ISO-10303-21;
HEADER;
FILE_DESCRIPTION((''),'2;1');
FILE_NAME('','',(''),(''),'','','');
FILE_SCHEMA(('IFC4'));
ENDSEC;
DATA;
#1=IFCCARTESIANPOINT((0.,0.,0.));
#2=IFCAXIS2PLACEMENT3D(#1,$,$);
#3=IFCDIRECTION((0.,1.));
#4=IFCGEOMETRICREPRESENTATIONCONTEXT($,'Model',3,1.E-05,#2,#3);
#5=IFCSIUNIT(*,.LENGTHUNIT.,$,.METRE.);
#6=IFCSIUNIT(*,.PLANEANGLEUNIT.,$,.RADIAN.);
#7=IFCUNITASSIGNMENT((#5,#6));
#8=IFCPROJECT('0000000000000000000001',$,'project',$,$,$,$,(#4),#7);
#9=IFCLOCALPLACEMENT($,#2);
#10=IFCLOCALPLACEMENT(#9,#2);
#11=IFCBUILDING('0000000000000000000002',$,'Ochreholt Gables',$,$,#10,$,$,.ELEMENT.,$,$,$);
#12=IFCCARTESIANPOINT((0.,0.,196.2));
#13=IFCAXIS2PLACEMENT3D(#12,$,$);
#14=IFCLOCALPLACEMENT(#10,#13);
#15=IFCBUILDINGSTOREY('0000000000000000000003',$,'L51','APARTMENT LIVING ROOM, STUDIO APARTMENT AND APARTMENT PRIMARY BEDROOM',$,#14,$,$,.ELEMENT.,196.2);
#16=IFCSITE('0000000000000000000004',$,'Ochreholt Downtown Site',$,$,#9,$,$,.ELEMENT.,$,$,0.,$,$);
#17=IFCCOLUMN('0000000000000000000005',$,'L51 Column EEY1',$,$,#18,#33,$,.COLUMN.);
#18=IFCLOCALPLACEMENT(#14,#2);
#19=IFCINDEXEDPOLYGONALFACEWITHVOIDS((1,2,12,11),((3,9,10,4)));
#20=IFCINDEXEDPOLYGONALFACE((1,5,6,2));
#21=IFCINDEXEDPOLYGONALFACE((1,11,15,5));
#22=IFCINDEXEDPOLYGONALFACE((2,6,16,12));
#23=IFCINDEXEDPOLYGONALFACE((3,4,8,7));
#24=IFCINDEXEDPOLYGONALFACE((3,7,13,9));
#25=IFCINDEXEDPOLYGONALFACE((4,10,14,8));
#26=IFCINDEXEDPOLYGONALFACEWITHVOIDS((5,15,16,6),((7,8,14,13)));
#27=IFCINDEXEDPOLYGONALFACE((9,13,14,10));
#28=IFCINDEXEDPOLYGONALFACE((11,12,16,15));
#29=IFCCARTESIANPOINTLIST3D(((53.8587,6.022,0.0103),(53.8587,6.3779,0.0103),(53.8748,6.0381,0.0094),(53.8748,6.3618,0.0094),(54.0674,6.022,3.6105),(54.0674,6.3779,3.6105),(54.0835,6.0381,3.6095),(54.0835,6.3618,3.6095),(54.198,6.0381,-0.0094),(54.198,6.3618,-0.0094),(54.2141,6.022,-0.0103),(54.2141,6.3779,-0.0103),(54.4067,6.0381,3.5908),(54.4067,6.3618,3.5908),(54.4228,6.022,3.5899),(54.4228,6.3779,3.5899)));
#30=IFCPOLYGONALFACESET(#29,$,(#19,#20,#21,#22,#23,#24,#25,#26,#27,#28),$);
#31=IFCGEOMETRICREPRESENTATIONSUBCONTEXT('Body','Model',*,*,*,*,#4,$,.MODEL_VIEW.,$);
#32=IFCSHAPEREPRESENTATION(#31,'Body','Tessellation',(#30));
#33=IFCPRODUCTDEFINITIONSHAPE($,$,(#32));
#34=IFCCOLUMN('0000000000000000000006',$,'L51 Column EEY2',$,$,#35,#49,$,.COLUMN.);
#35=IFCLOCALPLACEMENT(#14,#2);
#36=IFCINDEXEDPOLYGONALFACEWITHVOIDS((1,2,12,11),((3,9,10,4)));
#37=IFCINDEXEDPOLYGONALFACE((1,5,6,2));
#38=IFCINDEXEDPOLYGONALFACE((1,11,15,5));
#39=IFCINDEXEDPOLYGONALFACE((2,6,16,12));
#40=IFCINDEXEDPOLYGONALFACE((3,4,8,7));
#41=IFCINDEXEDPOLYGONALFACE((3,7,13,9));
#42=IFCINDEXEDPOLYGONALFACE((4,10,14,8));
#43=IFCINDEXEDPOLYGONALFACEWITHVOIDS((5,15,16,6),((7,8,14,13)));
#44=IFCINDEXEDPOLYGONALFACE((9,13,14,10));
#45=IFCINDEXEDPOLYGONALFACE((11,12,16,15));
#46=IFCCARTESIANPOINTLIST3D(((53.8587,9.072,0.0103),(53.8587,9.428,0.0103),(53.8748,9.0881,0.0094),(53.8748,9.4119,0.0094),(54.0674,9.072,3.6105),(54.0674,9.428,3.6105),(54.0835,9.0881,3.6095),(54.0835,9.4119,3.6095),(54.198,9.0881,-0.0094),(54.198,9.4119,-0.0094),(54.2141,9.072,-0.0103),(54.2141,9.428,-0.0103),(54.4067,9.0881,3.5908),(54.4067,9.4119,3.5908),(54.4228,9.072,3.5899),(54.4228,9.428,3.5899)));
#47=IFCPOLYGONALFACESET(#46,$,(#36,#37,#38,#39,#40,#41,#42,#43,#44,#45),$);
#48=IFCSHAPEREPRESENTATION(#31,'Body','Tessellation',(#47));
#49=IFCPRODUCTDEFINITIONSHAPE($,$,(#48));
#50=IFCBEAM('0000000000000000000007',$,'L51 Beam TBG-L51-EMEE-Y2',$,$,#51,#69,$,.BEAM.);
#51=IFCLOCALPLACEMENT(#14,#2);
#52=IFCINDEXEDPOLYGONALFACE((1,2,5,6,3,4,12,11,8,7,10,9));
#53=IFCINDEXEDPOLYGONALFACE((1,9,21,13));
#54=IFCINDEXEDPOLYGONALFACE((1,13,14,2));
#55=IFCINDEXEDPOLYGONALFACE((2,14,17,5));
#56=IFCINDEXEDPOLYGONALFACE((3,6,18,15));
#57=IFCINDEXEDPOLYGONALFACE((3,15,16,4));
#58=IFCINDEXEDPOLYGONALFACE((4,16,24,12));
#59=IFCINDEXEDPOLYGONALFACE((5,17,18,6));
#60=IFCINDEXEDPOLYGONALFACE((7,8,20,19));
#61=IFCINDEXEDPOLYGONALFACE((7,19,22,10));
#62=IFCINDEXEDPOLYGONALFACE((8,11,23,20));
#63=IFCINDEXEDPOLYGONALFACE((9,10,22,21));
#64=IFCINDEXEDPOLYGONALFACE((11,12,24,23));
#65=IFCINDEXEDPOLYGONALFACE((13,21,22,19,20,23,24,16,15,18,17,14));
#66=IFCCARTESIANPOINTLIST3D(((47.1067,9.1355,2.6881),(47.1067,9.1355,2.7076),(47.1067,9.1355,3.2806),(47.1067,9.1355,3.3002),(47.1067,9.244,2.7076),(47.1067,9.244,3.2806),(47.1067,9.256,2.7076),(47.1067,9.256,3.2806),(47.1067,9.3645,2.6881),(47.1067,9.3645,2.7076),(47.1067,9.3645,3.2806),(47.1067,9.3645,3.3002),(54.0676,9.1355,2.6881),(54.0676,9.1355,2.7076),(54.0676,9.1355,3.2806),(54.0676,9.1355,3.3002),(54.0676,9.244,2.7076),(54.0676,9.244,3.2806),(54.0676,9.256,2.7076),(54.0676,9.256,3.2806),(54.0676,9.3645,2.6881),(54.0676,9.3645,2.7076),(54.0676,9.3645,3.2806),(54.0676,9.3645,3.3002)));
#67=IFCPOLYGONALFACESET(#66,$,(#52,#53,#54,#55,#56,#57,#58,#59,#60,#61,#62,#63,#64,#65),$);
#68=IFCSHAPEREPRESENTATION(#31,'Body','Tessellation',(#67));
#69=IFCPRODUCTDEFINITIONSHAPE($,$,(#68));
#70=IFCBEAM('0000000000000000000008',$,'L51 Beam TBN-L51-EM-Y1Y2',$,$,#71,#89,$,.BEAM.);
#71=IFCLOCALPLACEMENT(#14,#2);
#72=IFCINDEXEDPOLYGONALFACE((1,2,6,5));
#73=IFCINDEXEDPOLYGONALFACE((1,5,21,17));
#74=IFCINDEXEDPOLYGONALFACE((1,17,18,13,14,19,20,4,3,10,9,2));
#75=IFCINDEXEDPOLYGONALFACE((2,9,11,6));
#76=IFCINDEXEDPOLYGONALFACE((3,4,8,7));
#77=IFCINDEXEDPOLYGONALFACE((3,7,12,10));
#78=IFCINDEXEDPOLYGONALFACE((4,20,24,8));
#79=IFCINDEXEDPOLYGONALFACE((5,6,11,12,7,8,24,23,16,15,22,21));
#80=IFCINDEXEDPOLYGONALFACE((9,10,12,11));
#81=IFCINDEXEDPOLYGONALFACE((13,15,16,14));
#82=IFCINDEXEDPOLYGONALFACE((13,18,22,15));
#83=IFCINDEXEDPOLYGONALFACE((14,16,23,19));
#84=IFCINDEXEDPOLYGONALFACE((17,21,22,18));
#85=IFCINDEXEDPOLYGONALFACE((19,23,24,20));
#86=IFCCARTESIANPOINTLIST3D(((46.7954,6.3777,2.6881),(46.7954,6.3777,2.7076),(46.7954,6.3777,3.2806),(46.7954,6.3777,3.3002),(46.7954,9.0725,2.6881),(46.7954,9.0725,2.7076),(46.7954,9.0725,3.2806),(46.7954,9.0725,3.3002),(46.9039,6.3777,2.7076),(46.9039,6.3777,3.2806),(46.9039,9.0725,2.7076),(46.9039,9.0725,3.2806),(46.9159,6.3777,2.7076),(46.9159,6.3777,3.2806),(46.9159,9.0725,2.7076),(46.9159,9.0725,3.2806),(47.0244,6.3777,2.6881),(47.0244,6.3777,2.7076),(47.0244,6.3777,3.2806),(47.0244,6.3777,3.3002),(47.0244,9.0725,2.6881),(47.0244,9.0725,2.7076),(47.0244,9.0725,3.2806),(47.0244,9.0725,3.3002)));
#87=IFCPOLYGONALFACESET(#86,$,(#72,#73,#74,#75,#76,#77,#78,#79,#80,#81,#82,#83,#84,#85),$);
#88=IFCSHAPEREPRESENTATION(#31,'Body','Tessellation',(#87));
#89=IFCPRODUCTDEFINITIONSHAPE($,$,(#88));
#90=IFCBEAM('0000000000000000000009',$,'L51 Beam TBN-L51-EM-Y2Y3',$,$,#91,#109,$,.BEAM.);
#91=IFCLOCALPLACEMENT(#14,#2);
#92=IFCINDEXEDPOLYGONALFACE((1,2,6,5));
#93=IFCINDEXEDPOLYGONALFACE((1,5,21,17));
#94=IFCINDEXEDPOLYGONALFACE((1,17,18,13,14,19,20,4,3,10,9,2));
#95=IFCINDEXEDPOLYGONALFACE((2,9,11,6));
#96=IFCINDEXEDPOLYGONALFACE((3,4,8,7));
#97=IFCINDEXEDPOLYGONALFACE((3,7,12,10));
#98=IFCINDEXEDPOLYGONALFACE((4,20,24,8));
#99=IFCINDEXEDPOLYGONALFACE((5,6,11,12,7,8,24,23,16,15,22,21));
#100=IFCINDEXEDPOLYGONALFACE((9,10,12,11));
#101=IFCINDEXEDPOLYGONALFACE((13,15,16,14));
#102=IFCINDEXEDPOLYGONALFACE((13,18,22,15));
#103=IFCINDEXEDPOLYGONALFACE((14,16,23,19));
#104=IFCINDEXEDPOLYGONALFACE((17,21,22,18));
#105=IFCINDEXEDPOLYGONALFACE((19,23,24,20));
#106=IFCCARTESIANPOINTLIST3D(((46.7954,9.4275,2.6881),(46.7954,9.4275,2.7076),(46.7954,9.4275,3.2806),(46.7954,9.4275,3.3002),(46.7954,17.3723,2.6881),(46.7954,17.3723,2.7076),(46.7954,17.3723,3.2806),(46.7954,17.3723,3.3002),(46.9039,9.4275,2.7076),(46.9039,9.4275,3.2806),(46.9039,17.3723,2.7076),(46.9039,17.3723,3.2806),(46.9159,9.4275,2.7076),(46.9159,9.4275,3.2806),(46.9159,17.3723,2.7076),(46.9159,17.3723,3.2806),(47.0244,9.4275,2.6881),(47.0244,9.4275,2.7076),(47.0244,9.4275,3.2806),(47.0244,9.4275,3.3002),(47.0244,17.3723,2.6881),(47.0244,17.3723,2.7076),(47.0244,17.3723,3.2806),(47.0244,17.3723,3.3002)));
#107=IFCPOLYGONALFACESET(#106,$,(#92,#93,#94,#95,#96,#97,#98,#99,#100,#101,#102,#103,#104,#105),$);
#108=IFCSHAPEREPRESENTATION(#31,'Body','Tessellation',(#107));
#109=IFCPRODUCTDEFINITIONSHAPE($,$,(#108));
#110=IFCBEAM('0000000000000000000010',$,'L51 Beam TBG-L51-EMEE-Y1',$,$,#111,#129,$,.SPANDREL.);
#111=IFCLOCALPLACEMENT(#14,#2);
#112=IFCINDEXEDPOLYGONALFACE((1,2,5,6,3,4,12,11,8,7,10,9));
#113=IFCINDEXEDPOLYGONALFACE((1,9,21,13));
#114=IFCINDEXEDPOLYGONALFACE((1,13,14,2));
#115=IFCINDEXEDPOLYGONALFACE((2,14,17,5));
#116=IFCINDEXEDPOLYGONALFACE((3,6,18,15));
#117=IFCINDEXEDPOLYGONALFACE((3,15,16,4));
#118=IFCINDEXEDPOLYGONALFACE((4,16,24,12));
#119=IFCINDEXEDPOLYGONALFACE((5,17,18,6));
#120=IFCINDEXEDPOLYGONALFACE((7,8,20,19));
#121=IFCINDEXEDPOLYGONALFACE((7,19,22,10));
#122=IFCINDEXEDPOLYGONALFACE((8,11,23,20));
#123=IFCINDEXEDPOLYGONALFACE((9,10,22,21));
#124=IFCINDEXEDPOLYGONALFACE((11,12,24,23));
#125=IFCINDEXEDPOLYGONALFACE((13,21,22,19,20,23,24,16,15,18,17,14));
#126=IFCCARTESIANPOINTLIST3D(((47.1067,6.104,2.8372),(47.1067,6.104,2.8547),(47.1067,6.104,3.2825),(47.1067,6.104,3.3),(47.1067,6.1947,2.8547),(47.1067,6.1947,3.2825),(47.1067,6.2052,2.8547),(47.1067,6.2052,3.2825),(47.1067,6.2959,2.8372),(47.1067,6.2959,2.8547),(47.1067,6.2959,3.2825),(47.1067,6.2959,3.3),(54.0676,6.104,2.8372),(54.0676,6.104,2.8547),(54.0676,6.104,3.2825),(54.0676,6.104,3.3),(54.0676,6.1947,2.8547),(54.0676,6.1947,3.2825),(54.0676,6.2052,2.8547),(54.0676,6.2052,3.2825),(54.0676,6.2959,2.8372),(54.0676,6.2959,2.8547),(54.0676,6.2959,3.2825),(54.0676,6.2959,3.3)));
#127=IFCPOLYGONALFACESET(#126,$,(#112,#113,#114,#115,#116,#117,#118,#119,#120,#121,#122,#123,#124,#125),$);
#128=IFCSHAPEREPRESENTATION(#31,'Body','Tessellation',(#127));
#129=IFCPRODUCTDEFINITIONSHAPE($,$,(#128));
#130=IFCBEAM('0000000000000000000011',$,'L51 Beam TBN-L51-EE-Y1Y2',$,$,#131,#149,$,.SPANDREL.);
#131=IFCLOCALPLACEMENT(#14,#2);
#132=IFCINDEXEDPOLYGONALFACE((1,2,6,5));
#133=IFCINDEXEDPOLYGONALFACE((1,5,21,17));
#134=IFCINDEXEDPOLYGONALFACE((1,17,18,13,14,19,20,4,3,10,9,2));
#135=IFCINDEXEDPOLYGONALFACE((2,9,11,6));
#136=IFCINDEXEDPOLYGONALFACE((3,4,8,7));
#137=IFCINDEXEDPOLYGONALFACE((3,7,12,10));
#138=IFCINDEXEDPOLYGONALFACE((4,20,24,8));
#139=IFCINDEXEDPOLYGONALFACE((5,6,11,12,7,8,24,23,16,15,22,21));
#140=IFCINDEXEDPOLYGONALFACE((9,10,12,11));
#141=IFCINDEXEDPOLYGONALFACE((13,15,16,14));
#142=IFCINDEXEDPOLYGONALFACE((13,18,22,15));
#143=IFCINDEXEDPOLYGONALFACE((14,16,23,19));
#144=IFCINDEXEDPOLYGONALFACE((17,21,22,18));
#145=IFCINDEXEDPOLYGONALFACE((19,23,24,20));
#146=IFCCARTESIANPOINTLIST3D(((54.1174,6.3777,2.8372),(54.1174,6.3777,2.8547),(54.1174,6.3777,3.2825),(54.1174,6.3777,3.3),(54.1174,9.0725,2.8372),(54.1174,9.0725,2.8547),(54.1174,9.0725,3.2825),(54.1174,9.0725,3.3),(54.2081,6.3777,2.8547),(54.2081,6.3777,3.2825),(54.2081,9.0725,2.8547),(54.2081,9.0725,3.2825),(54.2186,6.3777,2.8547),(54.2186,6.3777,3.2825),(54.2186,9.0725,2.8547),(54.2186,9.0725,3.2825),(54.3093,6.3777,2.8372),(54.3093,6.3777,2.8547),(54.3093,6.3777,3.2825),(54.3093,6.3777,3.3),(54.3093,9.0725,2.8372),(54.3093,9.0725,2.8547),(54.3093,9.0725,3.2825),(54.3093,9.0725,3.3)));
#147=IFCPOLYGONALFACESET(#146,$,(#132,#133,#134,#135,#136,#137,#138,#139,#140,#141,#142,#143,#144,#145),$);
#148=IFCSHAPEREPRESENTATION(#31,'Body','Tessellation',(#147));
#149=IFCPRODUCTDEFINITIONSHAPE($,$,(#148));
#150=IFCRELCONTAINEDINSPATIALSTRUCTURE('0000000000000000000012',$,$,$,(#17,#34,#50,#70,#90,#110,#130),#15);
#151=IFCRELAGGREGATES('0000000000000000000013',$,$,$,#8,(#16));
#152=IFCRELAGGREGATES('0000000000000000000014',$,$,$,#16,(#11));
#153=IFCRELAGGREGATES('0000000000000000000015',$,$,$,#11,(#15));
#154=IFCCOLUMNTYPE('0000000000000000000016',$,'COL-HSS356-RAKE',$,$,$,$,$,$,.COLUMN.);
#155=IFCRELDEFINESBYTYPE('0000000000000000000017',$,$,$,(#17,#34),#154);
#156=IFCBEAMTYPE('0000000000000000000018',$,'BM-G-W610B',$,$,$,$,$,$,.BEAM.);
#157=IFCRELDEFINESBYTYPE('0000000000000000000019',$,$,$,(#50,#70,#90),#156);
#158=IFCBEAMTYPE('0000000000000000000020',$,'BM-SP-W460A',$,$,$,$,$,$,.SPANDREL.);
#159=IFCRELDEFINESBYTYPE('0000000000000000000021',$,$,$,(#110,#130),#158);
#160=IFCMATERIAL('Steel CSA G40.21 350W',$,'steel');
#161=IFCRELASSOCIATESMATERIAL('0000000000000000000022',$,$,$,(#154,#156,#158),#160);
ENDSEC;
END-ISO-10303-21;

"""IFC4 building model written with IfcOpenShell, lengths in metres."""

from ifc_helpers import new_model, si_unit, direction, frame, origin, origin_2d, place, context, subcontext, project, spatial, hollow_rectangle, i_section, extrude, material, material_profile, profile_set, type_object, element, save


model = new_model("IFC4")

# Units and contexts
model_context = context("Model", 3, precision=1e-05, world=origin(), true_north=direction((0.0, 1.0)))
body_context = subcontext(model_context, "Body", "Model", "MODEL_VIEW")
ifc_project = project(units=[si_unit("LENGTHUNIT", "METRE"), si_unit("PLANEANGLEUNIT", "RADIAN")], contexts=[model_context])

# Site, building, storey
site_placement = place(None, origin())
site = spatial("IfcSite", under=ifc_project, at=site_placement, Name="Ochreholt Downtown Site", CompositionType="ELEMENT", RefElevation=0.0)
building_placement = place(site_placement, origin())
building = spatial("IfcBuilding", under=site, at=building_placement, Name="Ochreholt Gables", CompositionType="ELEMENT")
storey_placement = place(building_placement, frame((0.0, 0.0, 196.2)))
storey = spatial("IfcBuildingStorey", under=building, at=storey_placement, Name="L51", Description="APARTMENT LIVING ROOM, STUDIO APARTMENT AND APARTMENT PRIMARY BEDROOM", CompositionType="ELEMENT", Elevation=196.2)

# Columns
ifc_material_1 = material(Name="Steel CSA G40.21 350W", Category="steel")
ifc_material_profile_1 = material_profile(ifc_material_1, hollow_rectangle(XDim=0.356, YDim=0.356, WallThickness=0.0161, at=origin_2d()), Name="HSS356X356X16")
ifc_profile_set_1 = profile_set([ifc_material_profile_1], Name="Steel CSA G40.21 350W")
column_type = type_object("IfcColumnType", Name="COL-HSS356-RAKE", PredefinedType="COLUMN", material=ifc_profile_set_1)
for number, where, z_axis, x_axis, name in (
    (1, (54.0364, 6.2, 0.0), (0.057885, 0.0, 0.998323), (0.0, 1.0, 0.0), "L51 Column EEY1"),
    (2, (54.0364, 9.25, 0.0), (0.057885, 0.0, 0.998323), (0.0, 1.0, 0.0), "L51 Column EEY2"),
):
    element("IfcColumn", number, at=place(storey_placement, frame(where, z_axis=z_axis, x_axis=x_axis)), inside=storey, type_object=column_type, Name=name, PredefinedType="COLUMN", context=body_context, shape_type="SweptSolid", body=[
        extrude(hollow_rectangle(XDim=0.356, YDim=0.356, WallThickness=0.0161, at=origin_2d()), origin(), (0.0, 0.0, 1.0), 3.6062),
    ])

# Beams
ifc_material_profile_2 = material_profile(ifc_material_1, i_section(OverallWidth=0.229, OverallDepth=0.6121, WebThickness=0.012, FlangeThickness=0.0195, at=origin_2d()), Name="W610X125")
ifc_profile_set_2 = profile_set([ifc_material_profile_2], Name="Steel CSA G40.21 350W")
beam_type_1 = type_object("IfcBeamType", Name="BM-G-W610B", PredefinedType="BEAM", material=ifc_profile_set_2)
beam_1_placement = place(storey_placement, frame((47.1067, 9.25, 2.9941), z_axis=(1.0, 0.0, 0.0), x_axis=(0.0, 1.0, 0.0)))
element("IfcBeam", 3, at=beam_1_placement, inside=storey, type_object=beam_type_1, Name="L51 Beam TBG-L51-EMEE-Y2", PredefinedType="BEAM", context=body_context, shape_type="SweptSolid", body=[
    extrude(i_section(OverallWidth=0.229, OverallDepth=0.6121, WebThickness=0.012, FlangeThickness=0.0195, at=origin_2d()), origin(), (0.0, 0.0, 1.0), 6.9609),
])
beam_2_placement = place(storey_placement, frame((46.9099, 6.3777, 2.9941), z_axis=(0.0, 1.0, 0.0), x_axis=(-1.0, 0.0, 0.0)))
element("IfcBeam", 4, at=beam_2_placement, inside=storey, type_object=beam_type_1, Name="L51 Beam TBN-L51-EM-Y1Y2", PredefinedType="BEAM", context=body_context, shape_type="SweptSolid", body=[
    extrude(i_section(OverallWidth=0.229, OverallDepth=0.6121, WebThickness=0.012, FlangeThickness=0.0195, at=origin_2d()), origin(), (0.0, 0.0, 1.0), 2.6948),
])
beam_3_placement = place(storey_placement, frame((46.9099, 9.4275, 2.9941), z_axis=(0.0, 1.0, 0.0), x_axis=(-1.0, 0.0, 0.0)))
element("IfcBeam", 5, at=beam_3_placement, inside=storey, type_object=beam_type_1, Name="L51 Beam TBN-L51-EM-Y2Y3", PredefinedType="BEAM", context=body_context, shape_type="SweptSolid", body=[
    extrude(i_section(OverallWidth=0.229, OverallDepth=0.6121, WebThickness=0.012, FlangeThickness=0.0195, at=origin_2d()), origin(), (0.0, 0.0, 1.0), 7.9448),
])
ifc_material_profile_3 = material_profile(ifc_material_1, i_section(OverallWidth=0.1919, OverallDepth=0.4629, WebThickness=0.0105, FlangeThickness=0.0176, at=origin_2d()), Name="W460X89")
ifc_profile_set_3 = profile_set([ifc_material_profile_3], Name="Steel CSA G40.21 350W")
beam_type_2 = type_object("IfcBeamType", Name="BM-SP-W460A", PredefinedType="SPANDREL", material=ifc_profile_set_3)
beam_4_placement = place(storey_placement, frame((47.1067, 6.2, 3.0686), z_axis=(1.0, 0.0, 0.0), x_axis=(0.0, 1.0, 0.0)))
element("IfcBeam", 6, at=beam_4_placement, inside=storey, type_object=beam_type_2, Name="L51 Beam TBG-L51-EMEE-Y1", PredefinedType="SPANDREL", context=body_context, shape_type="SweptSolid", body=[
    extrude(i_section(OverallWidth=0.1919, OverallDepth=0.4629, WebThickness=0.0105, FlangeThickness=0.0176, at=origin_2d()), origin(), (0.0, 0.0, 1.0), 6.9609),
])
beam_5_placement = place(storey_placement, frame((54.2134, 6.3777, 3.0686), z_axis=(0.0, 1.0, 0.0), x_axis=(-1.0, 0.0, 0.0)))
element("IfcBeam", 7, at=beam_5_placement, inside=storey, type_object=beam_type_2, Name="L51 Beam TBN-L51-EE-Y1Y2", PredefinedType="SPANDREL", context=body_context, shape_type="SweptSolid", body=[
    extrude(i_section(OverallWidth=0.1919, OverallDepth=0.4629, WebThickness=0.0105, FlangeThickness=0.0176, at=origin_2d()), origin(), (0.0, 0.0, 1.0), 2.6948),
])

save(model, "model.ifc")
